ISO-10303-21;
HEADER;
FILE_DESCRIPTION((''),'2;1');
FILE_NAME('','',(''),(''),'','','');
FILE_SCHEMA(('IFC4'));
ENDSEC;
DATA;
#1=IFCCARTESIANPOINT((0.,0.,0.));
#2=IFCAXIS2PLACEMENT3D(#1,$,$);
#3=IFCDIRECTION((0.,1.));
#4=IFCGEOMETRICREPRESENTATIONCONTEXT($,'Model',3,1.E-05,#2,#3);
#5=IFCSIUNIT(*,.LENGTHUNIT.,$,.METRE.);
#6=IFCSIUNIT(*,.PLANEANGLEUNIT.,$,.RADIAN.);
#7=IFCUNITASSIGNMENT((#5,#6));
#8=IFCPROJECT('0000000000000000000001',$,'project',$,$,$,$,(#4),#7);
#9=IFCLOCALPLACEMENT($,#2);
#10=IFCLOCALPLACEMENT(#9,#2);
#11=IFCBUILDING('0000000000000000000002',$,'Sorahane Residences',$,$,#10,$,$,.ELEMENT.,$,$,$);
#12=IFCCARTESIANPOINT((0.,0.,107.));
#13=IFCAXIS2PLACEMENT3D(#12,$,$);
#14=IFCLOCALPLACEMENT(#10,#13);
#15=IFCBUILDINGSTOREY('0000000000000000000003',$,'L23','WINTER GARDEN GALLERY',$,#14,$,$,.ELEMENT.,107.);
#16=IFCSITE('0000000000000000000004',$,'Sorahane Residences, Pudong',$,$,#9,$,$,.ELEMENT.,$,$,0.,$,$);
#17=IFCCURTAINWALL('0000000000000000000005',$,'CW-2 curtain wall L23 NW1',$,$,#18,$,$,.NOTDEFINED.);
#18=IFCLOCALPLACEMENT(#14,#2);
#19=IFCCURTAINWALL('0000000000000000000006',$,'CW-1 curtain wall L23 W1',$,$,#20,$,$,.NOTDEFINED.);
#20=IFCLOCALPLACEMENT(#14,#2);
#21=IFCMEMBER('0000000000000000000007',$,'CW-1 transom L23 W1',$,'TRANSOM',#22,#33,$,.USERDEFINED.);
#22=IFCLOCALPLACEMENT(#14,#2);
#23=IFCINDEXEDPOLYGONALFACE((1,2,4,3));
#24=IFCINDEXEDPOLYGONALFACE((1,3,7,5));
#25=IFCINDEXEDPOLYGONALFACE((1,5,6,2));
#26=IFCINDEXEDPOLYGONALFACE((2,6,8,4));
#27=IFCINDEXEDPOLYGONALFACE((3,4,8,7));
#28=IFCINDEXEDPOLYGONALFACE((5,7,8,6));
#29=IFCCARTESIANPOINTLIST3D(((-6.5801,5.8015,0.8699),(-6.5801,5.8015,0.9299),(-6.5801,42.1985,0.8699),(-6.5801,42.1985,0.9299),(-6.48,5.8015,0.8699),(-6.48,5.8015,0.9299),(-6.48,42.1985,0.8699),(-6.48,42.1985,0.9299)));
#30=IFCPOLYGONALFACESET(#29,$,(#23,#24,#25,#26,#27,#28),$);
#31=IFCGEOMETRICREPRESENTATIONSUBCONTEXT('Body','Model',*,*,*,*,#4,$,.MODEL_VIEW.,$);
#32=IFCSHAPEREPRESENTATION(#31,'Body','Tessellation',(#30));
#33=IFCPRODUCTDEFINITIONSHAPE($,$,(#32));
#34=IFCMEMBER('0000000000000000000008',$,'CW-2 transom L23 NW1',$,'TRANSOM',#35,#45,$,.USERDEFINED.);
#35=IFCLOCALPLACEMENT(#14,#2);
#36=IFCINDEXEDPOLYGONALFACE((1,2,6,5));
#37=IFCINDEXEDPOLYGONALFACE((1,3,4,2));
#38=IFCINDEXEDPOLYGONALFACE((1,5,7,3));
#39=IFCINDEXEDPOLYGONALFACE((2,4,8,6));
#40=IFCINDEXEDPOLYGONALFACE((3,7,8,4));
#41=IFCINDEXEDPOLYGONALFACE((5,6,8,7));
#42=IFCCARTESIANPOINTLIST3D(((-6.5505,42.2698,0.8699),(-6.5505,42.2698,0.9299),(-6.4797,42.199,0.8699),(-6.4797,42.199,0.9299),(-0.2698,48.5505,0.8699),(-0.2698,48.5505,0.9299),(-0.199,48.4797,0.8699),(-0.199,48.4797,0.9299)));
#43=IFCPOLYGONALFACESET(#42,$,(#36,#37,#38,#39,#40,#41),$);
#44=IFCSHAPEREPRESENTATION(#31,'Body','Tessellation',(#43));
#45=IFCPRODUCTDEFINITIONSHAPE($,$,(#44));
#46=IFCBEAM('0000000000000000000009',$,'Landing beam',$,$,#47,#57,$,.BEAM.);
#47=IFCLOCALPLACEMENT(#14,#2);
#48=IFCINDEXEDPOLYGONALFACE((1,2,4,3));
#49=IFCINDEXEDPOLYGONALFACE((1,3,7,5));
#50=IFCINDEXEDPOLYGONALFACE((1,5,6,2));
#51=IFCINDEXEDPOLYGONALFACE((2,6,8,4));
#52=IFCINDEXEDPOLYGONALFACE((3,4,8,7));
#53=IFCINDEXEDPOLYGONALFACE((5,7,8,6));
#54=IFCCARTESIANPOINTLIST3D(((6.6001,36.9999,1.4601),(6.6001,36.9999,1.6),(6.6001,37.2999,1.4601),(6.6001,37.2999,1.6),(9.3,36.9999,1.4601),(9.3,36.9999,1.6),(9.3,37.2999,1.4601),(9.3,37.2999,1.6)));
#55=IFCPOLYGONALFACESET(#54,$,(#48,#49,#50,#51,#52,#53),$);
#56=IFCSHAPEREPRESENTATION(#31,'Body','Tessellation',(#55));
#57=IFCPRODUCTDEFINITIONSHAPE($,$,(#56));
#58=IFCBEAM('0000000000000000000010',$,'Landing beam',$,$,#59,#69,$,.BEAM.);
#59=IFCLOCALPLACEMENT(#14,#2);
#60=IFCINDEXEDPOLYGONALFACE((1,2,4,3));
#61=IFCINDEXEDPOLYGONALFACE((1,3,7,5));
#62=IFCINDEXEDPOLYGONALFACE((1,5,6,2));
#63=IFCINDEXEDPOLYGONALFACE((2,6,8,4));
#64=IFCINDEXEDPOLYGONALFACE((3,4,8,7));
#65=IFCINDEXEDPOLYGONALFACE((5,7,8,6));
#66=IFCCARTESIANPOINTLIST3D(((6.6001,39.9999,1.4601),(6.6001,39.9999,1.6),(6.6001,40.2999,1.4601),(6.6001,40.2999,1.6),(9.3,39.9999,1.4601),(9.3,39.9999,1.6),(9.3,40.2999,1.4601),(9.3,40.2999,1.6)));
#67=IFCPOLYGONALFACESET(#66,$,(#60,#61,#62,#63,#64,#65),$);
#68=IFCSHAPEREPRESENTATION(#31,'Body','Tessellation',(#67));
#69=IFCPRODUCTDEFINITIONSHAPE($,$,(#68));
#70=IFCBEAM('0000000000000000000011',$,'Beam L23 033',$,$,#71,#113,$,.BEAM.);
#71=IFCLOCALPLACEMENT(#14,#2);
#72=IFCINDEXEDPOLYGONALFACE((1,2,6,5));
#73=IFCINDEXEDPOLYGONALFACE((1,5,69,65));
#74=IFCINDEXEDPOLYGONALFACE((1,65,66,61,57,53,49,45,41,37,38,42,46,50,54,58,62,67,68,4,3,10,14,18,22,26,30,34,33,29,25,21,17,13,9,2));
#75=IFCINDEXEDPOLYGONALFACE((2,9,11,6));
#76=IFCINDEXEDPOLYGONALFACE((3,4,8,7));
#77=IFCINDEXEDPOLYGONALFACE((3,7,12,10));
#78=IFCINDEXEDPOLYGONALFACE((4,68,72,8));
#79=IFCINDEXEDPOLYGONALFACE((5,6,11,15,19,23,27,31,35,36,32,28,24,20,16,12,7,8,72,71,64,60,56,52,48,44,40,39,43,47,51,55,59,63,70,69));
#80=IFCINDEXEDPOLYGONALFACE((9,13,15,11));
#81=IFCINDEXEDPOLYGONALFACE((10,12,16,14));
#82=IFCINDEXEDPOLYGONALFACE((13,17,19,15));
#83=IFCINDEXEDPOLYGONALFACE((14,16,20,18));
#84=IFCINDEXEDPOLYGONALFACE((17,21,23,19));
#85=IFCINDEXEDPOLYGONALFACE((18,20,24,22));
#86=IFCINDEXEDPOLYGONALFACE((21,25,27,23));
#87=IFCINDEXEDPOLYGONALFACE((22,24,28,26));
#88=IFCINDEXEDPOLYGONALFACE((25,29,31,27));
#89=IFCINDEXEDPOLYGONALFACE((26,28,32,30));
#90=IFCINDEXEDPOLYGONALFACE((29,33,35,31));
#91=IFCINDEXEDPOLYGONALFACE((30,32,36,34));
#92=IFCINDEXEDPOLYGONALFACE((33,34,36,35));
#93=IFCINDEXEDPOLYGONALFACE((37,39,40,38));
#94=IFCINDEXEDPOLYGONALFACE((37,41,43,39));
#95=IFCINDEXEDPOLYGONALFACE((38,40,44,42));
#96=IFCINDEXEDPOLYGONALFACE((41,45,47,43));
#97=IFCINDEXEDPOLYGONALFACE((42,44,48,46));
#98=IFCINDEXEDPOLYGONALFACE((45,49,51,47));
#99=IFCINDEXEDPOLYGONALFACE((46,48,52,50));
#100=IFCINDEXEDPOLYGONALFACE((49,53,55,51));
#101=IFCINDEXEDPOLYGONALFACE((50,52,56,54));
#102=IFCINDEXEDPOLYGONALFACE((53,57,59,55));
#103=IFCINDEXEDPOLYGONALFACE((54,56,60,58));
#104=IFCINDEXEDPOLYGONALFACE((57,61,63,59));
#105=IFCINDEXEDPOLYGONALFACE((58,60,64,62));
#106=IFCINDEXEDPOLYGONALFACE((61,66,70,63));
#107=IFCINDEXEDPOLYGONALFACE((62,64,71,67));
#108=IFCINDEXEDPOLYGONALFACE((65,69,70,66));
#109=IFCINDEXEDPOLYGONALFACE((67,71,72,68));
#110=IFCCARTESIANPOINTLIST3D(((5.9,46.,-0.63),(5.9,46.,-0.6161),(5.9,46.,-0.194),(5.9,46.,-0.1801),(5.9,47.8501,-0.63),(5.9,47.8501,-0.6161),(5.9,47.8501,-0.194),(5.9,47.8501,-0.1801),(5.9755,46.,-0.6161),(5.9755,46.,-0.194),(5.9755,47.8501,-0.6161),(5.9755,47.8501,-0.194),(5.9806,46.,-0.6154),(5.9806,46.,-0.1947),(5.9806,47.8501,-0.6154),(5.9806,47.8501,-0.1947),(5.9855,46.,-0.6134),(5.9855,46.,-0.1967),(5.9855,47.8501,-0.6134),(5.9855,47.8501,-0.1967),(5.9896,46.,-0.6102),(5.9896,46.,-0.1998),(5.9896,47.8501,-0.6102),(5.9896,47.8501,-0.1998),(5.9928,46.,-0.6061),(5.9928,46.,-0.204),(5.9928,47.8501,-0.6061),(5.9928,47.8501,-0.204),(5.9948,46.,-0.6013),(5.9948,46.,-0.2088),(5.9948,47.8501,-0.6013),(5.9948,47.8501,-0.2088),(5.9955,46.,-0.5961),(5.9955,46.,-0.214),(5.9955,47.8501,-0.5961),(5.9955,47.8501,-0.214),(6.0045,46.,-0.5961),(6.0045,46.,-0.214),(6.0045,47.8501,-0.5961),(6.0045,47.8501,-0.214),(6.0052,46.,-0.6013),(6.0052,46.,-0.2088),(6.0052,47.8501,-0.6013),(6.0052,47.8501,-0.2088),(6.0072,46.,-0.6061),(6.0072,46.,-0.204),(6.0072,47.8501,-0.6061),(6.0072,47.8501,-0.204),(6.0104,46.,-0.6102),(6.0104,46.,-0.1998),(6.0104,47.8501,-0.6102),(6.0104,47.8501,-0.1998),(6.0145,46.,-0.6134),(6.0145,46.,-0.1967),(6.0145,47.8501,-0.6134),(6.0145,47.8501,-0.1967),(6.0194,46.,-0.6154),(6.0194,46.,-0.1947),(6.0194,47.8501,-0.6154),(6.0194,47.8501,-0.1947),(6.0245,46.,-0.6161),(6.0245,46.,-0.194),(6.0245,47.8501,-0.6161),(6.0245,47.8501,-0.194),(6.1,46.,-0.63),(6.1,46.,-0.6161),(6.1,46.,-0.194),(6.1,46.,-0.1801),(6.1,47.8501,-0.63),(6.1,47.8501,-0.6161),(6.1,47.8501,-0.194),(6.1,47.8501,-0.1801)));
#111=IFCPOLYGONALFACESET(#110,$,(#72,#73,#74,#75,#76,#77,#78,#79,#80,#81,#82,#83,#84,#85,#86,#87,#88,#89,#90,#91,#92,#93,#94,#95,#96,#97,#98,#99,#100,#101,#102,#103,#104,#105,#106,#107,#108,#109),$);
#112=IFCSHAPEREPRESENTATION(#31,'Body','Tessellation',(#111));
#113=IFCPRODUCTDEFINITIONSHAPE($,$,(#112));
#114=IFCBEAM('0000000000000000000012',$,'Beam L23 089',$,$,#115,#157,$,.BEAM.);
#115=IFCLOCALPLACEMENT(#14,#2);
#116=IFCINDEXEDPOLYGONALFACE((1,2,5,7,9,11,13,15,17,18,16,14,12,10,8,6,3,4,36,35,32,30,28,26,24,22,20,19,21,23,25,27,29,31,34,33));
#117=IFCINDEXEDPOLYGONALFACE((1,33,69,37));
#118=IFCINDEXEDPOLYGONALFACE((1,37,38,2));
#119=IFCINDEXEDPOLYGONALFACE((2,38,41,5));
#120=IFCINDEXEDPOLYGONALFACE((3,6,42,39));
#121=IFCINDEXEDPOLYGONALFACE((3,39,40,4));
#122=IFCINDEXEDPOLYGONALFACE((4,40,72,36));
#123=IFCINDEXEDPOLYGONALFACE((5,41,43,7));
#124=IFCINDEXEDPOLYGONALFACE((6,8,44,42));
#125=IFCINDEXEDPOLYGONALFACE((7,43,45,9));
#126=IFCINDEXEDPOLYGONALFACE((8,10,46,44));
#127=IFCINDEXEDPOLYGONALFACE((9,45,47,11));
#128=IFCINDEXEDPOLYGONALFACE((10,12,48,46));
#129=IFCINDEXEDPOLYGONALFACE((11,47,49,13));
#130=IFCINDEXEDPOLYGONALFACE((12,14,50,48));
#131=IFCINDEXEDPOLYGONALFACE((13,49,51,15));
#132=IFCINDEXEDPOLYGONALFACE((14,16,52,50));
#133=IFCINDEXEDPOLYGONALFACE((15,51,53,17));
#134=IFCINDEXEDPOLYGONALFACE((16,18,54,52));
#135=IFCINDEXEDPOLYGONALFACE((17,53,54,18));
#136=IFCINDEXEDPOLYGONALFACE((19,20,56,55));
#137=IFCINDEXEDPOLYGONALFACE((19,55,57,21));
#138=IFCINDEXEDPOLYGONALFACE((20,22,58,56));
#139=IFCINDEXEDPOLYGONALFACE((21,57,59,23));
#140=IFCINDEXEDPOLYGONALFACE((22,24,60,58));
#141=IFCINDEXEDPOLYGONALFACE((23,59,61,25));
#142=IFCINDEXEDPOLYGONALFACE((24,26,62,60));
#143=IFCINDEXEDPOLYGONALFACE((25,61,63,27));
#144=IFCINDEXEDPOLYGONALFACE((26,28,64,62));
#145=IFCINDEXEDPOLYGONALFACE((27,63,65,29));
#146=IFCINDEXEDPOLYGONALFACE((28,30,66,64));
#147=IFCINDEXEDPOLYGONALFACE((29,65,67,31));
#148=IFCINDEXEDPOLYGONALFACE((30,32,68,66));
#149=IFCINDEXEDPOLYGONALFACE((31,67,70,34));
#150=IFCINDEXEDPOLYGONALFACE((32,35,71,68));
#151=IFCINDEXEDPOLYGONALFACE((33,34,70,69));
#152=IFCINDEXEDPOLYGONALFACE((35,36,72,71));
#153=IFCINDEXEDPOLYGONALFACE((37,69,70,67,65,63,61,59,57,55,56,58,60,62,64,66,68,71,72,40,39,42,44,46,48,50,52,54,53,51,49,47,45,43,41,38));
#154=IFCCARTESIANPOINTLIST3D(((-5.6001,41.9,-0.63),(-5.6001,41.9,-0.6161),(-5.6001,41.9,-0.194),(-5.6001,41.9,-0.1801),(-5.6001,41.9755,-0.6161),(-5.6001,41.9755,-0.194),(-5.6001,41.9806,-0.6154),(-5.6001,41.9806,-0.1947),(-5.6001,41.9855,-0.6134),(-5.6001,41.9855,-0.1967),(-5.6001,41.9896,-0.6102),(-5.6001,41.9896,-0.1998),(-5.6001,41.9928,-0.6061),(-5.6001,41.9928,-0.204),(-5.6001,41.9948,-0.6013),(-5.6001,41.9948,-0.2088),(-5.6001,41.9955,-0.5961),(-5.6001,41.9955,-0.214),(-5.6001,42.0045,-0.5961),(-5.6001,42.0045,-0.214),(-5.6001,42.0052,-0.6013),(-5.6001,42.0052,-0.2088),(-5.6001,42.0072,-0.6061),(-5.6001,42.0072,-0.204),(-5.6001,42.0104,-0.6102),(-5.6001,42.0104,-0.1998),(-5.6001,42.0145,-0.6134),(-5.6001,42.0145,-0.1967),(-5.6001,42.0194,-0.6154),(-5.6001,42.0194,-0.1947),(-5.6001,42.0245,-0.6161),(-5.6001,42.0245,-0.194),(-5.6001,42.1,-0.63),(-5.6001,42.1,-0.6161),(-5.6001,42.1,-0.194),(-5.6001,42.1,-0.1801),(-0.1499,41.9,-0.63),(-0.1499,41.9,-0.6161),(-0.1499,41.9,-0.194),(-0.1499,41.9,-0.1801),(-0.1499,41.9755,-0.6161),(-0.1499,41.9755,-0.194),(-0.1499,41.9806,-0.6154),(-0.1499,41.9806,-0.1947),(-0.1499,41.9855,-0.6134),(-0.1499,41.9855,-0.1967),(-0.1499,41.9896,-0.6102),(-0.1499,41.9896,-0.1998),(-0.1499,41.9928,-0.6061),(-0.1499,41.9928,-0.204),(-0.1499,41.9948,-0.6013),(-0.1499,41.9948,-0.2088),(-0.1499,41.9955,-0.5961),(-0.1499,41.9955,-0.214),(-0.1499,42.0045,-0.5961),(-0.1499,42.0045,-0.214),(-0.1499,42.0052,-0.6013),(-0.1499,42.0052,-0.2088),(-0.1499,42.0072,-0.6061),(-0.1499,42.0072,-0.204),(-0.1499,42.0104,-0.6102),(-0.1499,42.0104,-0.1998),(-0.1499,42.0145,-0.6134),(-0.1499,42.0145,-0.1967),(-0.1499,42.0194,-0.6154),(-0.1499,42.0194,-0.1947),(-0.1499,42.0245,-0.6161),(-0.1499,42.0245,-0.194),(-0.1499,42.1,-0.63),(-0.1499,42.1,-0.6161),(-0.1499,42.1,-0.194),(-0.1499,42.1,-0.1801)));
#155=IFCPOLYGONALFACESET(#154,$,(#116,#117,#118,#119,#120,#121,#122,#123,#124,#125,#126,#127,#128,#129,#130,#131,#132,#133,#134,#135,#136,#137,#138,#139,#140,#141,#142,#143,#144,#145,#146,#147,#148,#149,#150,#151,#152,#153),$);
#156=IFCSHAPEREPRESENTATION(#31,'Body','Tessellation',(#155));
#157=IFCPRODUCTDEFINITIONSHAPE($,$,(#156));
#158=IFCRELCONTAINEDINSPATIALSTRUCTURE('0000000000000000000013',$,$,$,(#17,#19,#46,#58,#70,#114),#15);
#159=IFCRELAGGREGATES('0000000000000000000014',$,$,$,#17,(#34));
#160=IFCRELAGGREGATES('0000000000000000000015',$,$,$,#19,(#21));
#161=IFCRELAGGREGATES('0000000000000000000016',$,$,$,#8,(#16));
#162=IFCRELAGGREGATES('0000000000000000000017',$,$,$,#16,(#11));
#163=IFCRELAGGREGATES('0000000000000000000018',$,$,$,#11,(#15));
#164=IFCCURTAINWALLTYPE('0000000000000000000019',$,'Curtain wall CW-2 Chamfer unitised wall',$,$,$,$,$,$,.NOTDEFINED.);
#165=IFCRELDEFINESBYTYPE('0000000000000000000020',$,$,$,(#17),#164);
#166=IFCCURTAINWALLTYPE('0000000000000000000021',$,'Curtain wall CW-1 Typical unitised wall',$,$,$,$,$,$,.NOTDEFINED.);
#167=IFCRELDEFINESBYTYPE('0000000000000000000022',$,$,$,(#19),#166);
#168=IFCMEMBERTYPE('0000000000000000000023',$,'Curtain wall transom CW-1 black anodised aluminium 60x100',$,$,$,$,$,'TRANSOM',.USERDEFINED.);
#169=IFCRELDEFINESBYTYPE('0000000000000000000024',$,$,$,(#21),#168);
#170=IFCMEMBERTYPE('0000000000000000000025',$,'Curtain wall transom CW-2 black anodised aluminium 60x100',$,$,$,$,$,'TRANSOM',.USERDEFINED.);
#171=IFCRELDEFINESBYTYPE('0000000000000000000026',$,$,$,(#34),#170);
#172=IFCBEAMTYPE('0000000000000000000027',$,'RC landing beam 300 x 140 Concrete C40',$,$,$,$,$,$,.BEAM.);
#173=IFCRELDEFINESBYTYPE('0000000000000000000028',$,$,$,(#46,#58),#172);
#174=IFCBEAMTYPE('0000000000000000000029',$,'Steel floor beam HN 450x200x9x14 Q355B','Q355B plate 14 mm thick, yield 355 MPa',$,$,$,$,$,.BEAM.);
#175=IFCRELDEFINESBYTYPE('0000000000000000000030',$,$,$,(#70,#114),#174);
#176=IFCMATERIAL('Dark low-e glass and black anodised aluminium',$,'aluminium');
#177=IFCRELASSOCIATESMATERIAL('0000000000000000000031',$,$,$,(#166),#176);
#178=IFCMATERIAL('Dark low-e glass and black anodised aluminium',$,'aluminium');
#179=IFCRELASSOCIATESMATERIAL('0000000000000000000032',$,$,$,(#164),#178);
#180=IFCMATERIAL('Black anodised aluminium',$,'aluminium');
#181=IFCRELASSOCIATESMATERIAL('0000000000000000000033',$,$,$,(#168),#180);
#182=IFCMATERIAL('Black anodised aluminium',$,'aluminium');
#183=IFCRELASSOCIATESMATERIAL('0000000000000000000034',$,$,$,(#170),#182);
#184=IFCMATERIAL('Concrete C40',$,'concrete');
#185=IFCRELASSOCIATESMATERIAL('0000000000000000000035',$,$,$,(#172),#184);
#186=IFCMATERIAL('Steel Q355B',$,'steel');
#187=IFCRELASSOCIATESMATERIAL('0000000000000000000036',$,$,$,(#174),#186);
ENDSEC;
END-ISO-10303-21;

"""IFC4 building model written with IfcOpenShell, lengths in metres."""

from ifc_helpers import new_model, si_unit, direction, frame, origin, origin_2d, place, context, subcontext, project, spatial, rectangle, i_section, extrude, material, material_profile, profile_set, type_object, element, aggregate, save


model = new_model("IFC4")

# Units and contexts
model_context = context("Model", 3, precision=1e-05, world=origin(), true_north=direction((0.0, 1.0)))
body_context = subcontext(model_context, "Body", "Model", "MODEL_VIEW")
ifc_project = project(units=[si_unit("LENGTHUNIT", "METRE"), si_unit("PLANEANGLEUNIT", "RADIAN")], contexts=[model_context])

# Site, building, storey
site_placement = place(None, origin())
site = spatial("IfcSite", under=ifc_project, at=site_placement, Name="Sorahane Residences, Pudong", CompositionType="ELEMENT", RefElevation=0.0)
building_placement = place(site_placement, origin())
building = spatial("IfcBuilding", under=site, at=building_placement, Name="Sorahane Residences", CompositionType="ELEMENT")
storey_placement = place(building_placement, frame((0.0, 0.0, 107.0)))
storey = spatial("IfcBuildingStorey", under=building, at=storey_placement, Name="L23", Description="WINTER GARDEN GALLERY", CompositionType="ELEMENT", Elevation=107.0)

# Curtain wall
ifc_material_1 = material(Name="Dark low-e glass and black anodised aluminium", Category="aluminium")
curtain_wall_type_1 = type_object("IfcCurtainWallType", Name="Curtain wall CW-1 Typical unitised wall", PredefinedType="NOTDEFINED", material=ifc_material_1)
ifc_material_2 = material(Name="Dark low-e glass and black anodised aluminium", Category="aluminium")
curtain_wall_type_2 = type_object("IfcCurtainWallType", Name="Curtain wall CW-2 Chamfer unitised wall", PredefinedType="NOTDEFINED", material=ifc_material_2)
curtain_wall_1_placement = place(storey_placement, origin())
curtain_wall_1 = element("IfcCurtainWall", 1, at=curtain_wall_1_placement, inside=storey, type_object=curtain_wall_type_2, Name="CW-2 curtain wall L23 NW1", PredefinedType="NOTDEFINED")

# Curtain wall, member
curtain_wall_2_placement = place(storey_placement, origin())
curtain_wall_2 = element("IfcCurtainWall", 2, at=curtain_wall_2_placement, inside=storey, type_object=curtain_wall_type_1, Name="CW-1 curtain wall L23 W1", PredefinedType="NOTDEFINED")
ifc_material_3 = material(Name="Black anodised aluminium", Category="aluminium")
ifc_material_profile_1 = material_profile(ifc_material_3, rectangle(XDim=0.1001, YDim=0.0601, at=origin_2d()), Name="Curtain wall transom CW-1 black anodised aluminium 60x100")
ifc_profile_set_1 = profile_set([ifc_material_profile_1], Name="Black anodised aluminium")
member_type_1 = type_object("IfcMemberType", Name="Curtain wall transom CW-1 black anodised aluminium 60x100", ElementType="TRANSOM", PredefinedType="USERDEFINED", material=ifc_profile_set_1)
member_1_placement = place(storey_placement, frame((-6.53, 42.1985, 0.8999), z_axis=(0.0, -1.0, 0.0), x_axis=(1.0, 0.0, 0.0)))
member_1 = element("IfcMember", 3, at=member_1_placement, type_object=member_type_1, Name="CW-1 transom L23 W1", ObjectType="TRANSOM", PredefinedType="USERDEFINED", context=body_context, shape_type="SweptSolid", body=[
    extrude(rectangle(XDim=0.1001, YDim=0.0601, at=origin_2d()), origin(), (0.0, 0.0, 1.0), 36.397),
])

# Member
ifc_material_4 = material(Name="Black anodised aluminium", Category="aluminium")
ifc_material_profile_2 = material_profile(ifc_material_4, rectangle(XDim=0.1001, YDim=0.0601, at=origin_2d()), Name="Curtain wall transom CW-2 black anodised aluminium 60x100")
ifc_profile_set_2 = profile_set([ifc_material_profile_2], Name="Black anodised aluminium")
member_type_2 = type_object("IfcMemberType", Name="Curtain wall transom CW-2 black anodised aluminium 60x100", ElementType="TRANSOM", PredefinedType="USERDEFINED", material=ifc_profile_set_2)
member_2_placement = place(storey_placement, frame((-0.2344, 48.5151, 0.8999), z_axis=(-0.707107, -0.707107, 0.0), x_axis=(0.707107, -0.707107, 0.0)))
member_2 = element("IfcMember", 4, at=member_2_placement, type_object=member_type_2, Name="CW-2 transom L23 NW1", ObjectType="TRANSOM", PredefinedType="USERDEFINED", context=body_context, shape_type="SweptSolid", body=[
    extrude(rectangle(XDim=0.1001, YDim=0.0601, at=origin_2d()), origin(), (0.0, 0.0, 1.0), 8.8823),
])

# Beams
ifc_material_5 = material(Name="Concrete C40", Category="concrete")
ifc_material_profile_3 = material_profile(ifc_material_5, rectangle(XDim=0.3, YDim=0.1399, at=origin_2d()), Name="300x140")
ifc_profile_set_3 = profile_set([ifc_material_profile_3], Name="Concrete C40")
beam_type_1 = type_object("IfcBeamType", Name="RC landing beam 300 x 140 Concrete C40", PredefinedType="BEAM", material=ifc_profile_set_3)
for number, where, z_axis, x_axis, name in (
    (5, (6.6001, 37.1499, 1.53), (1.0, 0.0, 0.0), (0.0, 1.0, 0.0), "Landing beam"),
    (6, (6.6001, 40.1499, 1.53), (1.0, 0.0, 0.0), (0.0, 1.0, 0.0), "Landing beam"),
):
    element("IfcBeam", number, at=place(storey_placement, frame(where, z_axis=z_axis, x_axis=x_axis)), inside=storey, type_object=beam_type_1, Name=name, PredefinedType="BEAM", context=body_context, shape_type="SweptSolid", body=[
        extrude(rectangle(XDim=0.3, YDim=0.1399, at=origin_2d()), origin(), (0.0, 0.0, 1.0), 2.7),
    ])
ifc_material_6 = material(Name="Steel Q355B", Category="steel")
ifc_material_profile_4 = material_profile(ifc_material_6, i_section(OverallWidth=0.2, OverallDepth=0.45, WebThickness=0.009, FlangeThickness=0.0139, FilletRadius=0.02, at=origin_2d()), Name="HN 450x200x9x14")
ifc_profile_set_4 = profile_set([ifc_material_profile_4], Name="Steel Q355B")
beam_type_2 = type_object("IfcBeamType", Name="Steel floor beam HN 450x200x9x14 Q355B", Description="Q355B plate 14 mm thick, yield 355 MPa", PredefinedType="BEAM", material=ifc_profile_set_4)
beam_1_placement = place(storey_placement, frame((6.0, 46.0, -0.405), z_axis=(0.0, 1.0, 0.0), x_axis=(-1.0, 0.0, 0.0)))
element("IfcBeam", 7, at=beam_1_placement, inside=storey, type_object=beam_type_2, Name="Beam L23 033", PredefinedType="BEAM", context=body_context, shape_type="SweptSolid", body=[
    extrude(i_section(OverallWidth=0.2, OverallDepth=0.45, WebThickness=0.009, FlangeThickness=0.0139, FilletRadius=0.02, at=origin_2d()), origin(), (0.0, 0.0, 1.0), 1.8501),
])
beam_2_placement = place(storey_placement, frame((-5.6001, 42.0, -0.405), z_axis=(1.0, 0.0, 0.0), x_axis=(0.0, 1.0, 0.0)))
element("IfcBeam", 8, at=beam_2_placement, inside=storey, type_object=beam_type_2, Name="Beam L23 089", PredefinedType="BEAM", context=body_context, shape_type="SweptSolid", body=[
    extrude(i_section(OverallWidth=0.2, OverallDepth=0.45, WebThickness=0.009, FlangeThickness=0.0139, FilletRadius=0.02, at=origin_2d()), origin(), (0.0, 0.0, 1.0), 5.4502),
])

aggregate(curtain_wall_1, [member_2])
aggregate(curtain_wall_2, [member_1])

save(model, "model.ifc")
